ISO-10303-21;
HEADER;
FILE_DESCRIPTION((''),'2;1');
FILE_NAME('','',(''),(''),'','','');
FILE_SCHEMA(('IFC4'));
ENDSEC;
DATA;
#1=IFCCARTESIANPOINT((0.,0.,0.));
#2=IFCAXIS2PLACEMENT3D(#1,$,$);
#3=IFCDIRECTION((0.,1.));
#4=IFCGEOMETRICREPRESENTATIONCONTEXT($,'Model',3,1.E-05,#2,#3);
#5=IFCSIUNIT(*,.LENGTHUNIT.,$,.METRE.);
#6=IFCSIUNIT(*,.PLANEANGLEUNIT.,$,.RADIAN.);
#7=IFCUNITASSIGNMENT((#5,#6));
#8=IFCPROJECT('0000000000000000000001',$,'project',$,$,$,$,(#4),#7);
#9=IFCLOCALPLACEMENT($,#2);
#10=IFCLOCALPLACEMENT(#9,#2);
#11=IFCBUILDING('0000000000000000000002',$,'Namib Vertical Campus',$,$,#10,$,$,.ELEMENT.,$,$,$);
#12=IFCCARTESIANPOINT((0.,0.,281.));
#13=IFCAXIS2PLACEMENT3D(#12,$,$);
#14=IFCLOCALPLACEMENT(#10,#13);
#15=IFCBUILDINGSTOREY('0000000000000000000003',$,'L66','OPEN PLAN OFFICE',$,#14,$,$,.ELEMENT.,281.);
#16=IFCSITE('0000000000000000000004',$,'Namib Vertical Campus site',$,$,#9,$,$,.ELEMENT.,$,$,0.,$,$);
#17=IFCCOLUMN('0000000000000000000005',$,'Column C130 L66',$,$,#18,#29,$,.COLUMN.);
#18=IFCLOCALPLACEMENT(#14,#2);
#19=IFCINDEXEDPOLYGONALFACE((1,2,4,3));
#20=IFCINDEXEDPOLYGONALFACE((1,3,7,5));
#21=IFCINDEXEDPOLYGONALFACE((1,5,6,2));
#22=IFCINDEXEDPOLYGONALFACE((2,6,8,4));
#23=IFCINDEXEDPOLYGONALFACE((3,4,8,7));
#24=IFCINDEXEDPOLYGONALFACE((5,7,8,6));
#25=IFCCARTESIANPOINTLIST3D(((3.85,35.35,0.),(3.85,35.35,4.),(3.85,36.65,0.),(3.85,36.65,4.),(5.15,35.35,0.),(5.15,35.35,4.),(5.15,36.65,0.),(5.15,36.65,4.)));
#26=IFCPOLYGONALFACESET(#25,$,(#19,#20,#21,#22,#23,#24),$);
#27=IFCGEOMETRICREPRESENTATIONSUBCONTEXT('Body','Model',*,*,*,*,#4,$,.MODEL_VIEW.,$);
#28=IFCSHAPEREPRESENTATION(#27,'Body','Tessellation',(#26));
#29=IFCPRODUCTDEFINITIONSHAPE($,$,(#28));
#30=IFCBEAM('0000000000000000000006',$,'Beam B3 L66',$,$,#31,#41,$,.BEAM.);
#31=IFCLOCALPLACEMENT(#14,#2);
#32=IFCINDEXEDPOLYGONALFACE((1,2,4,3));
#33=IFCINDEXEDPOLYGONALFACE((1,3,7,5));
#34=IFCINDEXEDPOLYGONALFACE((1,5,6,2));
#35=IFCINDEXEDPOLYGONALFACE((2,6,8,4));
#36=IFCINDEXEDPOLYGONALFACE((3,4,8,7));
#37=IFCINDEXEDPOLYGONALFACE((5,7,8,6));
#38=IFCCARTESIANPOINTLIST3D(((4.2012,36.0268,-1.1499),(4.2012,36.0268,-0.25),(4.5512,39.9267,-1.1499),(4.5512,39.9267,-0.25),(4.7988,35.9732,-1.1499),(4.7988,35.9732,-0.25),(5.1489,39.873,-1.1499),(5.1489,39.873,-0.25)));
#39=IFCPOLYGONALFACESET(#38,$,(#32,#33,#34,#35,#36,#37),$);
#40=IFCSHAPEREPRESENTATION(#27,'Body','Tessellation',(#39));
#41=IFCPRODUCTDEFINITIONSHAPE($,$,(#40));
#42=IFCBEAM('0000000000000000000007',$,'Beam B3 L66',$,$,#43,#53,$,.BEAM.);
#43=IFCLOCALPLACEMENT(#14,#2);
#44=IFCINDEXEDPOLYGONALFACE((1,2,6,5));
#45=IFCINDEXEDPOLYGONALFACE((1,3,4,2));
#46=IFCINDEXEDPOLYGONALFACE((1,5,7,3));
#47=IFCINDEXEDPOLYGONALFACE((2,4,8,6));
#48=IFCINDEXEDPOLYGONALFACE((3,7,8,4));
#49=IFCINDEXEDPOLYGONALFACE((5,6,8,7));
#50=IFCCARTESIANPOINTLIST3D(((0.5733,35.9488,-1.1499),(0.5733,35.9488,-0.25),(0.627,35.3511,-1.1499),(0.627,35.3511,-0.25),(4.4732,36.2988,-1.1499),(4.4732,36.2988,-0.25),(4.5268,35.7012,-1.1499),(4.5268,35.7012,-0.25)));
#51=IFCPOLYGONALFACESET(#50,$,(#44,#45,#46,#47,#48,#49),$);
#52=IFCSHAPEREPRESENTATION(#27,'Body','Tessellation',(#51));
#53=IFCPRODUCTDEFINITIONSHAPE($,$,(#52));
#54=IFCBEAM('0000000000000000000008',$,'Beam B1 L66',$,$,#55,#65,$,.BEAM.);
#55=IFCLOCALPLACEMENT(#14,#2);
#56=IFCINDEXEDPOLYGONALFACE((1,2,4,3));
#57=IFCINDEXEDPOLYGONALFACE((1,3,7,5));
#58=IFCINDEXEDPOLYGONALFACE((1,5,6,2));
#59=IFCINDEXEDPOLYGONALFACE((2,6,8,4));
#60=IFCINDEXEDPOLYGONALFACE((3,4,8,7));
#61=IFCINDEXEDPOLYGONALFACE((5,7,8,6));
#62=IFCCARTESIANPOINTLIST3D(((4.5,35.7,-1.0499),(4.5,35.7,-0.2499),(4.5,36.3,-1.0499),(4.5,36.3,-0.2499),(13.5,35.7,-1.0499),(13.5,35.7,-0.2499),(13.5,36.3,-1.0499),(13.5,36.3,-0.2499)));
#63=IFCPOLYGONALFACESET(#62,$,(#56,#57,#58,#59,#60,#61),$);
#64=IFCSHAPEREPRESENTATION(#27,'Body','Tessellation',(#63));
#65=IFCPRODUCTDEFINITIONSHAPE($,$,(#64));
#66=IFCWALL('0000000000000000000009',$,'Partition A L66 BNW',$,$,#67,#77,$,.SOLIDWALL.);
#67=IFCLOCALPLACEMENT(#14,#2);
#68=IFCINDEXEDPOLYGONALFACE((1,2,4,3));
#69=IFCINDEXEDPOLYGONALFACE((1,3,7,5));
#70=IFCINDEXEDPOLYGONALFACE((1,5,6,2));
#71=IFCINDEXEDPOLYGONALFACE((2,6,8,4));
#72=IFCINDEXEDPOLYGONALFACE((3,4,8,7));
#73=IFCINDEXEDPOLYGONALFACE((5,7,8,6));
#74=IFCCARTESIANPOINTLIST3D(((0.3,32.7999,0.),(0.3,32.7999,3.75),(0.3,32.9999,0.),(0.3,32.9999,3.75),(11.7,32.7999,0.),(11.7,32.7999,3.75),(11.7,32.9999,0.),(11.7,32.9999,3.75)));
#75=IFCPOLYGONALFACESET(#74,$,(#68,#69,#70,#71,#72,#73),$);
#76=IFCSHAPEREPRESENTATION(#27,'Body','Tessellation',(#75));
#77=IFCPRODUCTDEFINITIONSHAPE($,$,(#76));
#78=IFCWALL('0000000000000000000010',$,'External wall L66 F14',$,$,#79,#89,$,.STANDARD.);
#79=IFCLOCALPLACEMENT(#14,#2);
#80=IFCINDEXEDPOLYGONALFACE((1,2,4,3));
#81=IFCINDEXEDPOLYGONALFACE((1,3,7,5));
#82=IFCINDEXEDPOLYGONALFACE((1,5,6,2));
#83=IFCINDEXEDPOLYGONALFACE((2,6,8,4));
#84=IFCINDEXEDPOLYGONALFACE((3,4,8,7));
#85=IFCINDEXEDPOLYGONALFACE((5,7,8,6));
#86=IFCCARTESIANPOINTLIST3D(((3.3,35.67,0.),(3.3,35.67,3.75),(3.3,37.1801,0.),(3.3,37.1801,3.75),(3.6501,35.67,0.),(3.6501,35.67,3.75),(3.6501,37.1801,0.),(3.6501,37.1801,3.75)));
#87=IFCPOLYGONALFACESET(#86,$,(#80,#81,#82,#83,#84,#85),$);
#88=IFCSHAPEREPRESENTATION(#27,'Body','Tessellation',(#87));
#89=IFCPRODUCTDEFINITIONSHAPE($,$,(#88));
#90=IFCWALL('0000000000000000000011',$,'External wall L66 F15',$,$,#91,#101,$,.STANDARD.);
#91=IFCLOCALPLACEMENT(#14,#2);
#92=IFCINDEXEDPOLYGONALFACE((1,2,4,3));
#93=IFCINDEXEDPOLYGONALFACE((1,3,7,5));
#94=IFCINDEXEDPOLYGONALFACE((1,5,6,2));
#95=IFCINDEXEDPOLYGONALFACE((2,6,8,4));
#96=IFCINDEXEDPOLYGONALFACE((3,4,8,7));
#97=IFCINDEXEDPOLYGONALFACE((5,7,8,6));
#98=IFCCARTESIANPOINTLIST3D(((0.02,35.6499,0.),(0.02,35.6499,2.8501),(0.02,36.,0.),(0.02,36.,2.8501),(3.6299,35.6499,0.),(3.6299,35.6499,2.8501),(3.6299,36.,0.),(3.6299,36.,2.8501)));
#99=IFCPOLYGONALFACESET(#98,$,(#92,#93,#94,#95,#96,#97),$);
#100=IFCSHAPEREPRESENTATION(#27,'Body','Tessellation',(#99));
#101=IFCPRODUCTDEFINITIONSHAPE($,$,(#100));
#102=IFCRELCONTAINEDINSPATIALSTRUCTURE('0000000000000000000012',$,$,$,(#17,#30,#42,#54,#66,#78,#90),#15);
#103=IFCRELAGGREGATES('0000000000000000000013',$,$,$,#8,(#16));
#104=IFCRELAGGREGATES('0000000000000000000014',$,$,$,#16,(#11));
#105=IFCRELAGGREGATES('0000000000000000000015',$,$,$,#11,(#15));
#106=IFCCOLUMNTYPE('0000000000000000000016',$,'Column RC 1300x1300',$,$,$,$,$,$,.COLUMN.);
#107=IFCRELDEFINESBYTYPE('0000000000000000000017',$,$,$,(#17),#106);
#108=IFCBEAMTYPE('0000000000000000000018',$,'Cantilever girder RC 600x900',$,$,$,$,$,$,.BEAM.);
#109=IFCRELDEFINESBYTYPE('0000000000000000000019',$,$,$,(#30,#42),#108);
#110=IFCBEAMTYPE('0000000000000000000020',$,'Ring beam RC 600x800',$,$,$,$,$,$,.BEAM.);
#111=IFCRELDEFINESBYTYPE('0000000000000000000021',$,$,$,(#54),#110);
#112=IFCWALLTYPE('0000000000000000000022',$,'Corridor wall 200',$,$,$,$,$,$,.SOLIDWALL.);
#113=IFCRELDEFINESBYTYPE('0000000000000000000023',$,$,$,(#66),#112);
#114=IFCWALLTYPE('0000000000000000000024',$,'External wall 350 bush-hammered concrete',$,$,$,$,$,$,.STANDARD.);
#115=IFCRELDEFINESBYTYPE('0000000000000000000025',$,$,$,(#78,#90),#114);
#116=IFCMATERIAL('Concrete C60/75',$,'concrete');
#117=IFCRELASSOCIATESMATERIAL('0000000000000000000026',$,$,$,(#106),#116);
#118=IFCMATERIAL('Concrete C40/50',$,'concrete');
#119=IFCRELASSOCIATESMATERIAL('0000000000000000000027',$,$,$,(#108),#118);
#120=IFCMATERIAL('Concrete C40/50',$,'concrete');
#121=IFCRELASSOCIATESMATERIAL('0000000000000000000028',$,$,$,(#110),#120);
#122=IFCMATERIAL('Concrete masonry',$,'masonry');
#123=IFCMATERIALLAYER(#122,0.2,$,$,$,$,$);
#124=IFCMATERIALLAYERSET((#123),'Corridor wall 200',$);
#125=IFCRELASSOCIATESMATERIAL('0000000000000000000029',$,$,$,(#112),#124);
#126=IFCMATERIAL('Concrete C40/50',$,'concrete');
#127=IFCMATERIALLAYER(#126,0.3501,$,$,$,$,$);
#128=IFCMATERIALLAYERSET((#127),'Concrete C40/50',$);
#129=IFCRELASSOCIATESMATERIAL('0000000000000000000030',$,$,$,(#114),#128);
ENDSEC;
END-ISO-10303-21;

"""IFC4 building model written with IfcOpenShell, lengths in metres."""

from ifc_helpers import new_model, si_unit, direction, frame, frame_2d, origin, origin_2d, place, context, subcontext, project, spatial, rectangle, extrude, material, layer, layer_set, material_profile, profile_set, type_object, element, save


model = new_model("IFC4")

# Units and contexts
model_context = context("Model", 3, precision=1e-05, world=origin(), true_north=direction((0.0, 1.0)))
body_context = subcontext(model_context, "Body", "Model", "MODEL_VIEW")
ifc_project = project(units=[si_unit("LENGTHUNIT", "METRE"), si_unit("PLANEANGLEUNIT", "RADIAN")], contexts=[model_context])

# Site, building, storey
site_placement = place(None, origin())
site = spatial("IfcSite", under=ifc_project, at=site_placement, Name="Namib Vertical Campus site", CompositionType="ELEMENT", RefElevation=0.0)
building_placement = place(site_placement, origin())
building = spatial("IfcBuilding", under=site, at=building_placement, Name="Namib Vertical Campus", CompositionType="ELEMENT")
storey_placement = place(building_placement, frame((0.0, 0.0, 281.0)))
storey = spatial("IfcBuildingStorey", under=building, at=storey_placement, Name="L66", Description="OPEN PLAN OFFICE", CompositionType="ELEMENT", Elevation=281.0)

# Column
ifc_material_1 = material(Name="Concrete C60/75", Category="concrete")
ifc_material_profile_1 = material_profile(ifc_material_1, rectangle(XDim=1.3, YDim=1.3, at=origin_2d()))
ifc_profile_set_1 = profile_set([ifc_material_profile_1], Name="Concrete C60/75")
column_type = type_object("IfcColumnType", Name="Column RC 1300x1300", PredefinedType="COLUMN", material=ifc_profile_set_1)
column_placement = place(storey_placement, frame((4.5, 36.0, 0.0), z_axis=(0.0, 0.0, 1.0), x_axis=(1.0, 0.0, 0.0)))
element("IfcColumn", 1, at=column_placement, inside=storey, type_object=column_type, Name="Column C130 L66", PredefinedType="COLUMN", context=body_context, shape_type="SweptSolid", body=[
    extrude(rectangle(XDim=1.3, YDim=1.3, at=origin_2d()), origin(), (0.0, 0.0, 1.0), 4.0),
])

# Beams
ifc_material_2 = material(Name="Concrete C40/50", Category="concrete")
ifc_material_profile_2 = material_profile(ifc_material_2, rectangle(XDim=0.6001, YDim=0.8999, at=origin_2d()))
ifc_profile_set_2 = profile_set([ifc_material_profile_2], Name="Concrete C40/50")
beam_type_1 = type_object("IfcBeamType", Name="Cantilever girder RC 600x900", PredefinedType="BEAM", material=ifc_profile_set_2)
for number, where, z_axis, x_axis, name in (
    (2, (4.5, 36.0, -0.7), (0.089411, 0.995995, 0.0), (-0.995995, 0.089411, 0.0), "Beam B3 L66"),
    (3, (4.5, 36.0, -0.7), (-0.995995, -0.089411, 0.0), (0.089411, -0.995995, 0.0), "Beam B3 L66"),
):
    element("IfcBeam", number, at=place(storey_placement, frame(where, z_axis=z_axis, x_axis=x_axis)), inside=storey, type_object=beam_type_1, Name=name, PredefinedType="BEAM", context=body_context, shape_type="SweptSolid", body=[
        extrude(rectangle(XDim=0.6001, YDim=0.8999, at=origin_2d()), origin(), (0.0, 0.0, 1.0), 3.9155),
    ])
ifc_material_3 = material(Name="Concrete C40/50", Category="concrete")
ifc_material_profile_3 = material_profile(ifc_material_3, rectangle(XDim=0.6001, YDim=0.8, at=origin_2d()))
ifc_profile_set_3 = profile_set([ifc_material_profile_3], Name="Concrete C40/50")
beam_type_2 = type_object("IfcBeamType", Name="Ring beam RC 600x800", PredefinedType="BEAM", material=ifc_profile_set_3)
beam_placement = place(storey_placement, frame((4.5, 36.0, -0.6499), z_axis=(1.0, 0.0, 0.0), x_axis=(0.0, 1.0, 0.0)))
element("IfcBeam", 4, at=beam_placement, inside=storey, type_object=beam_type_2, Name="Beam B1 L66", PredefinedType="BEAM", context=body_context, shape_type="SweptSolid", body=[
    extrude(rectangle(XDim=0.6001, YDim=0.8, at=origin_2d()), origin(), (0.0, 0.0, 1.0), 9.0),
])

# Walls
ifc_material_4 = material(Name="Concrete masonry", Category="masonry")
ifc_layer_1 = layer(ifc_material_4, 0.2)
ifc_layer_set_1 = layer_set([ifc_layer_1], Name="Corridor wall 200")
wall_type_1 = type_object("IfcWallType", Name="Corridor wall 200", PredefinedType="SOLIDWALL", material=ifc_layer_set_1)
wall_1_placement = place(storey_placement, frame((0.3, 32.8999, 0.0), z_axis=(0.0, 0.0, 1.0), x_axis=(1.0, 0.0, 0.0)))
element("IfcWall", 5, at=wall_1_placement, inside=storey, type_object=wall_type_1, Name="Partition A L66 BNW", PredefinedType="SOLIDWALL", context=body_context, shape_type="SweptSolid", body=[
    extrude(rectangle(XDim=11.3999, YDim=0.2, at=frame_2d((5.7, 0.0))), origin(), (0.0, 0.0, 1.0), 3.75),
])
ifc_material_5 = material(Name="Concrete C40/50", Category="concrete")
ifc_layer_2 = layer(ifc_material_5, 0.3501)
ifc_layer_set_2 = layer_set([ifc_layer_2], Name="Concrete C40/50")
wall_type_2 = type_object("IfcWallType", Name="External wall 350 bush-hammered concrete", PredefinedType="STANDARD", material=ifc_layer_set_2)
wall_2_placement = place(storey_placement, frame((3.4751, 37.1799, 0.0), z_axis=(0.0, 0.0, 1.0), x_axis=(0.0, -1.0, 0.0)))
element("IfcWall", 6, at=wall_2_placement, inside=storey, type_object=wall_type_2, Name="External wall L66 F14", PredefinedType="STANDARD", context=body_context, shape_type="SweptSolid", body=[
    extrude(rectangle(XDim=1.51, YDim=0.3501, at=frame_2d((0.7549, 0.0))), origin(), (0.0, 0.0, 1.0), 3.75),
])
wall_3_placement = place(storey_placement, frame((3.6299, 35.825, 0.0), z_axis=(0.0, 0.0, 1.0), x_axis=(-1.0, 0.0, 0.0)))
element("IfcWall", 7, at=wall_3_placement, inside=storey, type_object=wall_type_2, Name="External wall L66 F15", PredefinedType="STANDARD", context=body_context, shape_type="SweptSolid", body=[
    extrude(rectangle(XDim=3.6099, YDim=0.3501, at=frame_2d((1.8049, 0.0))), origin(), (0.0, 0.0, 1.0), 2.8501),
])

save(model, "model.ifc")
